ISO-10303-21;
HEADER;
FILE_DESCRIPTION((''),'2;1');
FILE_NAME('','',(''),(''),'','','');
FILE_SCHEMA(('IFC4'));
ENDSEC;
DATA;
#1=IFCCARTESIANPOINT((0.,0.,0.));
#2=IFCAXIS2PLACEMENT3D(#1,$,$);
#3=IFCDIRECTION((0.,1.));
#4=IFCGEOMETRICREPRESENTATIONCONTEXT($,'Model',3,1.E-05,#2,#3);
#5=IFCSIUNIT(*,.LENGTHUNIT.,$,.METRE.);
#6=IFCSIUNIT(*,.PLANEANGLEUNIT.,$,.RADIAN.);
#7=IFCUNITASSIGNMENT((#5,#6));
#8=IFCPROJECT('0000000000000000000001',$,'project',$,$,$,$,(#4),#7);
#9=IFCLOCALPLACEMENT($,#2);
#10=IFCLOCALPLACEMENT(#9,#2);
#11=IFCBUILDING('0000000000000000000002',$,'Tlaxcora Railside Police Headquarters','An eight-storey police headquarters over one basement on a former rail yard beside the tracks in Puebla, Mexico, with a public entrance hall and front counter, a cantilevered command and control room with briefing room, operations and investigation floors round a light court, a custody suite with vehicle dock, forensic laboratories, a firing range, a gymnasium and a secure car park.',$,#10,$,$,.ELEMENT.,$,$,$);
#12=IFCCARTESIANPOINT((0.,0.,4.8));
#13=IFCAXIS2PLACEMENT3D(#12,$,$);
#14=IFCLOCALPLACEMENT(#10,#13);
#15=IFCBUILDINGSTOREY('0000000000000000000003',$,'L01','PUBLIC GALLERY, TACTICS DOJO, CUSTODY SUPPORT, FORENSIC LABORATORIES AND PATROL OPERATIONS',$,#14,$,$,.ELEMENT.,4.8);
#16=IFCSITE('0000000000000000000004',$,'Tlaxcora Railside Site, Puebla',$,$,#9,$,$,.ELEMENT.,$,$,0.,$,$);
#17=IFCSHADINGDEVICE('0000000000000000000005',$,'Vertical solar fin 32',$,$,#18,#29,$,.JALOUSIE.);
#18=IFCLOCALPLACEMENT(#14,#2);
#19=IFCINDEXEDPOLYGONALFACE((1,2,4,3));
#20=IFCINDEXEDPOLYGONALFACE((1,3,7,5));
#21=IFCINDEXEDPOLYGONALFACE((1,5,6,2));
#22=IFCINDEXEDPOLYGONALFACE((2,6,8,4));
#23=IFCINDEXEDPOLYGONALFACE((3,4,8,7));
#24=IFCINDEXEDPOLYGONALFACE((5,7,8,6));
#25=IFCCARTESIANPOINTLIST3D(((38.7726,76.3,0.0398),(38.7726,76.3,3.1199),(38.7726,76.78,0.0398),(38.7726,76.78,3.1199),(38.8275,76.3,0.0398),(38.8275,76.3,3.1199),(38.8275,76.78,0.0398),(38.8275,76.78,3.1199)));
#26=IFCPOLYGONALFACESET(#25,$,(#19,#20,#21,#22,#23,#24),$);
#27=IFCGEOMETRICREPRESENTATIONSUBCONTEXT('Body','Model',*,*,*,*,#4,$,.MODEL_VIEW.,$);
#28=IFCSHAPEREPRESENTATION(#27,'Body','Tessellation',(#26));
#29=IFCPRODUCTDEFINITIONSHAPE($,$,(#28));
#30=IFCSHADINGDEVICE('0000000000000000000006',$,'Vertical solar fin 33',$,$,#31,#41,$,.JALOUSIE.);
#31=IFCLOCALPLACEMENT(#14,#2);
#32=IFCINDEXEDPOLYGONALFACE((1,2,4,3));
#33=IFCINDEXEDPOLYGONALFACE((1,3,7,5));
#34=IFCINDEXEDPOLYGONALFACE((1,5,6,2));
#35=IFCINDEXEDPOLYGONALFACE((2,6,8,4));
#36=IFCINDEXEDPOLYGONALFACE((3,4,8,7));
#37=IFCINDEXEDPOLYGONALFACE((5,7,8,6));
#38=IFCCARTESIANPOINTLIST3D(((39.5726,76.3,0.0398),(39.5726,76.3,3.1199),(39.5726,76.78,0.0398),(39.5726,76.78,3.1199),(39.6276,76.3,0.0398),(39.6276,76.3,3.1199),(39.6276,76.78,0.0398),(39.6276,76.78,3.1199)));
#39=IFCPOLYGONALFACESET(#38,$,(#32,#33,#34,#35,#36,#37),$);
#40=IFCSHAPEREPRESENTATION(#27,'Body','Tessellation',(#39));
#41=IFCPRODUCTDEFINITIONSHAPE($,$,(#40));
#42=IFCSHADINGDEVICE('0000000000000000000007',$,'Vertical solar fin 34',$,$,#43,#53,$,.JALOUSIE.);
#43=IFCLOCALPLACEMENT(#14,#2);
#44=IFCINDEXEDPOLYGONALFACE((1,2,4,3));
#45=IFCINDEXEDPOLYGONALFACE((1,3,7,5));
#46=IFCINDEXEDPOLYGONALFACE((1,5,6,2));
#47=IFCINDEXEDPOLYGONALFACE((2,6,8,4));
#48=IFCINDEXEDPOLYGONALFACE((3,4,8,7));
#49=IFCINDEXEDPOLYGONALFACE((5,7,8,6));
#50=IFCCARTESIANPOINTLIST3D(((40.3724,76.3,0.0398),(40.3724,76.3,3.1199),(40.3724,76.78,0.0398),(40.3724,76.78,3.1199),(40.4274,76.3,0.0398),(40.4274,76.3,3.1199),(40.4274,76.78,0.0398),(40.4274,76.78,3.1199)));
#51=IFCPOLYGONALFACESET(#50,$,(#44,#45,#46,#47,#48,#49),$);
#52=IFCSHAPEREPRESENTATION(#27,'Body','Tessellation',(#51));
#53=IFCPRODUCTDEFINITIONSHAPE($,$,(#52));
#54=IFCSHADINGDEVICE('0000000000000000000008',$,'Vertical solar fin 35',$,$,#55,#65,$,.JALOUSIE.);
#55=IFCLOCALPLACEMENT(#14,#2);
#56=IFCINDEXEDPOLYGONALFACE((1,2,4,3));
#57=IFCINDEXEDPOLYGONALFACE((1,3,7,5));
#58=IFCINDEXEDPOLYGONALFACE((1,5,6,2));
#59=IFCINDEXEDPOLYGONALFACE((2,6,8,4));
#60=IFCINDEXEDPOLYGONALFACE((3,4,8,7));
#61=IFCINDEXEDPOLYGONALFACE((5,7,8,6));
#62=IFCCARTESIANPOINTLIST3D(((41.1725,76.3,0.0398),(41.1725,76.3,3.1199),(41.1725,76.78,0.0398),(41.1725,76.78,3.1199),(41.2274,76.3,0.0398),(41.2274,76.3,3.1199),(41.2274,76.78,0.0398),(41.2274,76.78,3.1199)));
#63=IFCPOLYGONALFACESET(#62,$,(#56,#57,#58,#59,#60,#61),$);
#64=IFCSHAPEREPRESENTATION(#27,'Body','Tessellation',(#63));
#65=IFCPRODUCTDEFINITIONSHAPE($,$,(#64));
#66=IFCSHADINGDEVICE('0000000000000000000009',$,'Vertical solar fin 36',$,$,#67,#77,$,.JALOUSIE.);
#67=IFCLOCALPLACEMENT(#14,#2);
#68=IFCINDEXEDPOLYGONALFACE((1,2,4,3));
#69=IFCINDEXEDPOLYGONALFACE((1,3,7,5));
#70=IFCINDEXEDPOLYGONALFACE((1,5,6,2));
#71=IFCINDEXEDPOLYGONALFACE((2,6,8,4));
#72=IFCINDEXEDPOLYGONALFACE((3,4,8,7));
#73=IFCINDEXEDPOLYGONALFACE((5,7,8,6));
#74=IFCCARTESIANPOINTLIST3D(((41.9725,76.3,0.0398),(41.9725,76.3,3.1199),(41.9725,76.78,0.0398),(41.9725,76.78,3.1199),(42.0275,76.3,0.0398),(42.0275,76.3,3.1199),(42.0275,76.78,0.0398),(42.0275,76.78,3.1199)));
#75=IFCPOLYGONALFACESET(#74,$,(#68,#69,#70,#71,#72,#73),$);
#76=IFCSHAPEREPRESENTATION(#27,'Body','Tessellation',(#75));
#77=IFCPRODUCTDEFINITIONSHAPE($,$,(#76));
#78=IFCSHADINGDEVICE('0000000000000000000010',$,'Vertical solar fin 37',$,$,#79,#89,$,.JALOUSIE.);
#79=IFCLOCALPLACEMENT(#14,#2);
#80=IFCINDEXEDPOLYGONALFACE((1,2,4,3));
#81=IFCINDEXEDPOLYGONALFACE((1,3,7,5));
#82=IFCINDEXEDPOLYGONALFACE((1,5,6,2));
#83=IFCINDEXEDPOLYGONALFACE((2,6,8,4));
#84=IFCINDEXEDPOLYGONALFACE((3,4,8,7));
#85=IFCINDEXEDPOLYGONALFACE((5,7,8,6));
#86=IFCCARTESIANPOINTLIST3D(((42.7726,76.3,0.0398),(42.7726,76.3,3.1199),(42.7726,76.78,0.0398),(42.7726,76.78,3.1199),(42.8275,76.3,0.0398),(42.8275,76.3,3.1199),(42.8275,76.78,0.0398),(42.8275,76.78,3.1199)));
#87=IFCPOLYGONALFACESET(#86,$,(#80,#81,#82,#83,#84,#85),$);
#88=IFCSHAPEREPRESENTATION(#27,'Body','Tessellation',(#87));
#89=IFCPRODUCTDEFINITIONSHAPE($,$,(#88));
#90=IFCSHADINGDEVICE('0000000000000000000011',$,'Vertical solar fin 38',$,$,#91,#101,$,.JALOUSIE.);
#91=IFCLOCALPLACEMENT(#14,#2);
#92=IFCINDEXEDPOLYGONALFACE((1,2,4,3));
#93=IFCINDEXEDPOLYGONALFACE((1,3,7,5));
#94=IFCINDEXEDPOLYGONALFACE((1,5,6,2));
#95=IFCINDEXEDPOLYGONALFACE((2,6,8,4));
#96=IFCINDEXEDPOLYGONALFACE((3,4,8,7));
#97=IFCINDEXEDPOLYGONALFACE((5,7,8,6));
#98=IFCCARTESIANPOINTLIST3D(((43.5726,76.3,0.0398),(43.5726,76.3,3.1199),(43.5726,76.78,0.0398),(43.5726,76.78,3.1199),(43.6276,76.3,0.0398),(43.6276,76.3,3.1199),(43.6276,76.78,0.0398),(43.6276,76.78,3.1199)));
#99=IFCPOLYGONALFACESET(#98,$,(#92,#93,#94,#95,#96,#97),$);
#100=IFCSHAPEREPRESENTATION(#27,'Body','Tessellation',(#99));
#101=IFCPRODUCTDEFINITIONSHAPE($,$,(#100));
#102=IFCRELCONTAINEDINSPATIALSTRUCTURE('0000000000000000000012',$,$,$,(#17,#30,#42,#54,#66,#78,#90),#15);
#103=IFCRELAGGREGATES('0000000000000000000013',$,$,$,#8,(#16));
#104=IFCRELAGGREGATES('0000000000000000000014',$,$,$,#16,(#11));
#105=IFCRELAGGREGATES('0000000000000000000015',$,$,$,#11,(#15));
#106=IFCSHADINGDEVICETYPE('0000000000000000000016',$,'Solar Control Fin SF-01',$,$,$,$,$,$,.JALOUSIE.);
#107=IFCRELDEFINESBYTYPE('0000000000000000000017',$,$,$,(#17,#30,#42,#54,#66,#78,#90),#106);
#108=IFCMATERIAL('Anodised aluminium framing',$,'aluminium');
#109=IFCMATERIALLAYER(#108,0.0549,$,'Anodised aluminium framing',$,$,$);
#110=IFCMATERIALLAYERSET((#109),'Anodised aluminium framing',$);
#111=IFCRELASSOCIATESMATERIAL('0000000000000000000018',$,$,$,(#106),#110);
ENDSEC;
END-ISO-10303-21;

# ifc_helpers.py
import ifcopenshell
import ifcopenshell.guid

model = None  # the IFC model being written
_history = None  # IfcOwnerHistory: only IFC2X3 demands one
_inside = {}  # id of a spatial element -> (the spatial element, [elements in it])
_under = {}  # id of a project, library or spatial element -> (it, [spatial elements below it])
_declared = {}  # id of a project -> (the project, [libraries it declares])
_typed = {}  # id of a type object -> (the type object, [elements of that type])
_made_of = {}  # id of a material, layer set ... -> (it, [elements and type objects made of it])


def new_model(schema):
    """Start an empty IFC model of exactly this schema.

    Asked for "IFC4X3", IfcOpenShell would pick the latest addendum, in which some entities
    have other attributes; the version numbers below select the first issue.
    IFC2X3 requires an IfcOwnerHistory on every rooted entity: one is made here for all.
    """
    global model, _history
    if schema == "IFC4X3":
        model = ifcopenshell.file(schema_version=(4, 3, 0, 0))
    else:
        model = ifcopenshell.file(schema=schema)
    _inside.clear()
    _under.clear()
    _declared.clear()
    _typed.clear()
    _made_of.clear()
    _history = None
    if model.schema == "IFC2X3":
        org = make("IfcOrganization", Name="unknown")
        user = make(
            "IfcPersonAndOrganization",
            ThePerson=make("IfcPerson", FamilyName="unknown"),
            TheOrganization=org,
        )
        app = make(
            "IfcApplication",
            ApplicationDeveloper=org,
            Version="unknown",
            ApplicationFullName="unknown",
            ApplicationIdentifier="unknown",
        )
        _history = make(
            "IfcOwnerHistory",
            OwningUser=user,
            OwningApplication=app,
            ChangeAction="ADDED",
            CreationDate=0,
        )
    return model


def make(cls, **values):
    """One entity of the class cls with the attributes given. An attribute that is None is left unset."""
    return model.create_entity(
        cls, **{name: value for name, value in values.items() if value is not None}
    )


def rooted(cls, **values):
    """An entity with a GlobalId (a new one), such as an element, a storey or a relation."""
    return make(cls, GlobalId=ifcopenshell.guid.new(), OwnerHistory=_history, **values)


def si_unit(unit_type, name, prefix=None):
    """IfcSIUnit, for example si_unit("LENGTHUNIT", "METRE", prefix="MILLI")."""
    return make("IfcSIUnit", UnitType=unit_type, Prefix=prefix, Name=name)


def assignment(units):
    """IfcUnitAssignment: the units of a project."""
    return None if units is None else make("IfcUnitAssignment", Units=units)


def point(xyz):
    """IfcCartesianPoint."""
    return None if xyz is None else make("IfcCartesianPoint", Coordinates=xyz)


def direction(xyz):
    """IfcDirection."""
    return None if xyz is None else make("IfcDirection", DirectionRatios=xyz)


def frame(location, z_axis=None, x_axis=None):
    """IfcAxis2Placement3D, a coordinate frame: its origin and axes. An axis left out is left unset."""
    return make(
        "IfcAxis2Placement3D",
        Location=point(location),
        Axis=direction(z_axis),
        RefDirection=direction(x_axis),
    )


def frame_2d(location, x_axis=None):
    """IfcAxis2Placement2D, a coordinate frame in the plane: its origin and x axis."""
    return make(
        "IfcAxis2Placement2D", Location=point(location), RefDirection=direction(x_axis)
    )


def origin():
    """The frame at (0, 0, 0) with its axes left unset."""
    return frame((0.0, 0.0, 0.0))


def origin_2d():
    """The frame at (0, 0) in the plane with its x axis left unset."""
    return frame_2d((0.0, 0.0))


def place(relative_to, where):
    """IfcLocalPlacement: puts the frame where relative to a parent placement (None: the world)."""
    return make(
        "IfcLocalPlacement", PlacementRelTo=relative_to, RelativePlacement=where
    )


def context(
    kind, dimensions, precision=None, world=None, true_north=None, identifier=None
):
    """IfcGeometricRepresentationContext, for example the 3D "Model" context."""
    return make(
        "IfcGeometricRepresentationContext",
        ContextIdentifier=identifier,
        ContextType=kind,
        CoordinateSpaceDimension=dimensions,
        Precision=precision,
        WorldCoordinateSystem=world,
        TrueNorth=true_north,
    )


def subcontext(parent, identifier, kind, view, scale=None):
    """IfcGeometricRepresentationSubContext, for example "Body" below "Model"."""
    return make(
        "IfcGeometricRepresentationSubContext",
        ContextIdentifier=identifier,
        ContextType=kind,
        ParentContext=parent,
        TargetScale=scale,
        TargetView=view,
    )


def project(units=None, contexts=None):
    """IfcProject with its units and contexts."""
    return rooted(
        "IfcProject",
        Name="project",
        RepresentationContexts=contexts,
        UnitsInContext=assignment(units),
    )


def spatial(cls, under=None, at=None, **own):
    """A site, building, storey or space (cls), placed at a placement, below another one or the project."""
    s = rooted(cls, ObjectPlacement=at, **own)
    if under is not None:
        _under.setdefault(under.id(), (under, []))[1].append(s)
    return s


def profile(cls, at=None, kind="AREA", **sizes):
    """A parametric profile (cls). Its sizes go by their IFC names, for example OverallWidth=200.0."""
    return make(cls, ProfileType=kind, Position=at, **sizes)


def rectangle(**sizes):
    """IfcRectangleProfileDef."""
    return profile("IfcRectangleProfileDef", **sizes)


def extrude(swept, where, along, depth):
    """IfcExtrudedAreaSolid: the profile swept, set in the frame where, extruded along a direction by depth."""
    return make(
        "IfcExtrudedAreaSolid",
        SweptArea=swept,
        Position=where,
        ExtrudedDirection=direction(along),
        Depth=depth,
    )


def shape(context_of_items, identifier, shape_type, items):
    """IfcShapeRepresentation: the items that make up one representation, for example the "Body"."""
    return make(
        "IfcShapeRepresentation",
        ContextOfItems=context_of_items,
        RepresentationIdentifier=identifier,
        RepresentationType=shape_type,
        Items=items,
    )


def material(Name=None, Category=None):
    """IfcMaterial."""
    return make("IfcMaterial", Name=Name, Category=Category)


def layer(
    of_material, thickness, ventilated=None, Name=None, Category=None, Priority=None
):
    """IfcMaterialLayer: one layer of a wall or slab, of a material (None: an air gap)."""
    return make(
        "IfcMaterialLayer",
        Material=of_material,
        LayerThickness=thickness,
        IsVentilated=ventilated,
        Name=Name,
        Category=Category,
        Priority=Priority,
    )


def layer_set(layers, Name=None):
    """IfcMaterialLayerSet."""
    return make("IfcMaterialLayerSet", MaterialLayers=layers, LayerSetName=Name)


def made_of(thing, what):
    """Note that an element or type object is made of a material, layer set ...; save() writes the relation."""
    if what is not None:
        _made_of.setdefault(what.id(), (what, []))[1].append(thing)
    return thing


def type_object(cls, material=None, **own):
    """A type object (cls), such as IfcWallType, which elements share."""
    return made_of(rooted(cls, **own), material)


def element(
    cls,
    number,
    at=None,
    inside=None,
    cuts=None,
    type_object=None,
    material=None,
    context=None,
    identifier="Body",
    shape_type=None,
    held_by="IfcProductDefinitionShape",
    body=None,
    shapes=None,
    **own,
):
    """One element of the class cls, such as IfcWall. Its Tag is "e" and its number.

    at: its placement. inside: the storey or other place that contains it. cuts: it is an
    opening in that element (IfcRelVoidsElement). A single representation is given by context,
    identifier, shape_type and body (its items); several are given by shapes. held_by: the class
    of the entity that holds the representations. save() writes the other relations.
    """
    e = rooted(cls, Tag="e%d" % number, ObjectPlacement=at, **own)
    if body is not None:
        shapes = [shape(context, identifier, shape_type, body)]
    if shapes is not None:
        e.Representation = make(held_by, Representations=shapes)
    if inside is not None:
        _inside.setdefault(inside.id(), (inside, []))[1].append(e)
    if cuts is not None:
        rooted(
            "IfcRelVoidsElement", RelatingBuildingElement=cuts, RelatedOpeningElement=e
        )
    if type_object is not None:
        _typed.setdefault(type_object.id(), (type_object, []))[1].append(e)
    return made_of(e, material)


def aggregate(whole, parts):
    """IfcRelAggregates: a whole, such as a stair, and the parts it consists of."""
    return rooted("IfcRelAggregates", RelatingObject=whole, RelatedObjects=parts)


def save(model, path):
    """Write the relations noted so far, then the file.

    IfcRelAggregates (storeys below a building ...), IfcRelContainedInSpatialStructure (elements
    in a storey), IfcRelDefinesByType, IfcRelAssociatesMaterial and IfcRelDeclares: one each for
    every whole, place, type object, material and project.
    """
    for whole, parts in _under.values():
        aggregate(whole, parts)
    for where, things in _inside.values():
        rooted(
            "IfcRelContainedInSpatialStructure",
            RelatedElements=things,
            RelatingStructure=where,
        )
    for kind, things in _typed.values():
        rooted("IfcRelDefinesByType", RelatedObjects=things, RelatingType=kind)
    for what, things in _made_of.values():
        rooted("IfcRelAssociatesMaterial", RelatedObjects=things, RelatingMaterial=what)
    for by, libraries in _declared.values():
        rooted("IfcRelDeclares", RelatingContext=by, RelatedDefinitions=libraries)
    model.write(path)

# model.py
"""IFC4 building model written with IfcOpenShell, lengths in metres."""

from ifc_helpers import new_model, si_unit, direction, frame, origin, origin_2d, place, context, subcontext, project, spatial, rectangle, extrude, material, layer, layer_set, type_object, element, save


model = new_model("IFC4")

# Units and contexts
model_context = context("Model", 3, precision=1e-05, world=origin(), true_north=direction((0.0, 1.0)))
body_context = subcontext(model_context, "Body", "Model", "MODEL_VIEW")
ifc_project = project(units=[si_unit("LENGTHUNIT", "METRE"), si_unit("PLANEANGLEUNIT", "RADIAN")], contexts=[model_context])

# Site, building, storey
site_placement = place(None, origin())
site = spatial("IfcSite", under=ifc_project, at=site_placement, Name="Tlaxcora Railside Site, Puebla", CompositionType="ELEMENT", RefElevation=0.0)
building_placement = place(site_placement, origin())
building = spatial("IfcBuilding", under=site, at=building_placement, Name="Tlaxcora Railside Police Headquarters", Description="An eight-storey police headquarters over one basement on a former rail yard beside the tracks in Puebla, Mexico, with a public entrance hall and front counter, a cantilevered command and control room with briefing room, operations and investigation floors round a light court, a custody suite with vehicle dock, forensic laboratories, a firing range, a gymnasium and a secure car park.", CompositionType="ELEMENT")
storey_placement = place(building_placement, frame((0.0, 0.0, 4.8)))
storey = spatial("IfcBuildingStorey", under=building, at=storey_placement, Name="L01", Description="PUBLIC GALLERY, TACTICS DOJO, CUSTODY SUPPORT, FORENSIC LABORATORIES AND PATROL OPERATIONS", CompositionType="ELEMENT", Elevation=4.8)

# Shared definitions
ifc_material_1 = material(Name="Anodised aluminium framing", Category="aluminium")

# Shading devices
ifc_layer_1 = layer(ifc_material_1, 0.0549, Name="Anodised aluminium framing")
ifc_layer_set_1 = layer_set([ifc_layer_1], Name="Anodised aluminium framing")
shading_device_type = type_object("IfcShadingDeviceType", Name="Solar Control Fin SF-01", PredefinedType="JALOUSIE", material=ifc_layer_set_1)
for number, where, z_axis, x_axis, name in (
    (1, (38.8, 76.54, 0.0398), (0.0, 0.0, 1.0), (0.0, -1.0, 0.0), "Vertical solar fin 32"),
    (2, (39.6001, 76.54, 0.0398), (0.0, 0.0, 1.0), (0.0, -1.0, 0.0), "Vertical solar fin 33"),
    (3, (40.3999, 76.54, 0.0398), (0.0, 0.0, 1.0), (0.0, -1.0, 0.0), "Vertical solar fin 34"),
    (4, (41.2, 76.54, 0.0398), (0.0, 0.0, 1.0), (0.0, -1.0, 0.0), "Vertical solar fin 35"),
    (5, (42.0, 76.54, 0.0398), (0.0, 0.0, 1.0), (0.0, -1.0, 0.0), "Vertical solar fin 36"),
    (6, (42.8, 76.54, 0.0398), (0.0, 0.0, 1.0), (0.0, -1.0, 0.0), "Vertical solar fin 37"),
    (7, (43.6001, 76.54, 0.0398), (0.0, 0.0, 1.0), (0.0, -1.0, 0.0), "Vertical solar fin 38"),
):
    element("IfcShadingDevice", number, at=place(storey_placement, frame(where, z_axis=z_axis, x_axis=x_axis)), inside=storey, type_object=shading_device_type, Name=name, PredefinedType="JALOUSIE", context=body_context, shape_type="SweptSolid", body=[
        extrude(rectangle(XDim=0.48, YDim=0.0549, at=origin_2d()), origin(), (0.0, 0.0, 1.0), 3.0801),
    ])

save(model, "model.ifc")
